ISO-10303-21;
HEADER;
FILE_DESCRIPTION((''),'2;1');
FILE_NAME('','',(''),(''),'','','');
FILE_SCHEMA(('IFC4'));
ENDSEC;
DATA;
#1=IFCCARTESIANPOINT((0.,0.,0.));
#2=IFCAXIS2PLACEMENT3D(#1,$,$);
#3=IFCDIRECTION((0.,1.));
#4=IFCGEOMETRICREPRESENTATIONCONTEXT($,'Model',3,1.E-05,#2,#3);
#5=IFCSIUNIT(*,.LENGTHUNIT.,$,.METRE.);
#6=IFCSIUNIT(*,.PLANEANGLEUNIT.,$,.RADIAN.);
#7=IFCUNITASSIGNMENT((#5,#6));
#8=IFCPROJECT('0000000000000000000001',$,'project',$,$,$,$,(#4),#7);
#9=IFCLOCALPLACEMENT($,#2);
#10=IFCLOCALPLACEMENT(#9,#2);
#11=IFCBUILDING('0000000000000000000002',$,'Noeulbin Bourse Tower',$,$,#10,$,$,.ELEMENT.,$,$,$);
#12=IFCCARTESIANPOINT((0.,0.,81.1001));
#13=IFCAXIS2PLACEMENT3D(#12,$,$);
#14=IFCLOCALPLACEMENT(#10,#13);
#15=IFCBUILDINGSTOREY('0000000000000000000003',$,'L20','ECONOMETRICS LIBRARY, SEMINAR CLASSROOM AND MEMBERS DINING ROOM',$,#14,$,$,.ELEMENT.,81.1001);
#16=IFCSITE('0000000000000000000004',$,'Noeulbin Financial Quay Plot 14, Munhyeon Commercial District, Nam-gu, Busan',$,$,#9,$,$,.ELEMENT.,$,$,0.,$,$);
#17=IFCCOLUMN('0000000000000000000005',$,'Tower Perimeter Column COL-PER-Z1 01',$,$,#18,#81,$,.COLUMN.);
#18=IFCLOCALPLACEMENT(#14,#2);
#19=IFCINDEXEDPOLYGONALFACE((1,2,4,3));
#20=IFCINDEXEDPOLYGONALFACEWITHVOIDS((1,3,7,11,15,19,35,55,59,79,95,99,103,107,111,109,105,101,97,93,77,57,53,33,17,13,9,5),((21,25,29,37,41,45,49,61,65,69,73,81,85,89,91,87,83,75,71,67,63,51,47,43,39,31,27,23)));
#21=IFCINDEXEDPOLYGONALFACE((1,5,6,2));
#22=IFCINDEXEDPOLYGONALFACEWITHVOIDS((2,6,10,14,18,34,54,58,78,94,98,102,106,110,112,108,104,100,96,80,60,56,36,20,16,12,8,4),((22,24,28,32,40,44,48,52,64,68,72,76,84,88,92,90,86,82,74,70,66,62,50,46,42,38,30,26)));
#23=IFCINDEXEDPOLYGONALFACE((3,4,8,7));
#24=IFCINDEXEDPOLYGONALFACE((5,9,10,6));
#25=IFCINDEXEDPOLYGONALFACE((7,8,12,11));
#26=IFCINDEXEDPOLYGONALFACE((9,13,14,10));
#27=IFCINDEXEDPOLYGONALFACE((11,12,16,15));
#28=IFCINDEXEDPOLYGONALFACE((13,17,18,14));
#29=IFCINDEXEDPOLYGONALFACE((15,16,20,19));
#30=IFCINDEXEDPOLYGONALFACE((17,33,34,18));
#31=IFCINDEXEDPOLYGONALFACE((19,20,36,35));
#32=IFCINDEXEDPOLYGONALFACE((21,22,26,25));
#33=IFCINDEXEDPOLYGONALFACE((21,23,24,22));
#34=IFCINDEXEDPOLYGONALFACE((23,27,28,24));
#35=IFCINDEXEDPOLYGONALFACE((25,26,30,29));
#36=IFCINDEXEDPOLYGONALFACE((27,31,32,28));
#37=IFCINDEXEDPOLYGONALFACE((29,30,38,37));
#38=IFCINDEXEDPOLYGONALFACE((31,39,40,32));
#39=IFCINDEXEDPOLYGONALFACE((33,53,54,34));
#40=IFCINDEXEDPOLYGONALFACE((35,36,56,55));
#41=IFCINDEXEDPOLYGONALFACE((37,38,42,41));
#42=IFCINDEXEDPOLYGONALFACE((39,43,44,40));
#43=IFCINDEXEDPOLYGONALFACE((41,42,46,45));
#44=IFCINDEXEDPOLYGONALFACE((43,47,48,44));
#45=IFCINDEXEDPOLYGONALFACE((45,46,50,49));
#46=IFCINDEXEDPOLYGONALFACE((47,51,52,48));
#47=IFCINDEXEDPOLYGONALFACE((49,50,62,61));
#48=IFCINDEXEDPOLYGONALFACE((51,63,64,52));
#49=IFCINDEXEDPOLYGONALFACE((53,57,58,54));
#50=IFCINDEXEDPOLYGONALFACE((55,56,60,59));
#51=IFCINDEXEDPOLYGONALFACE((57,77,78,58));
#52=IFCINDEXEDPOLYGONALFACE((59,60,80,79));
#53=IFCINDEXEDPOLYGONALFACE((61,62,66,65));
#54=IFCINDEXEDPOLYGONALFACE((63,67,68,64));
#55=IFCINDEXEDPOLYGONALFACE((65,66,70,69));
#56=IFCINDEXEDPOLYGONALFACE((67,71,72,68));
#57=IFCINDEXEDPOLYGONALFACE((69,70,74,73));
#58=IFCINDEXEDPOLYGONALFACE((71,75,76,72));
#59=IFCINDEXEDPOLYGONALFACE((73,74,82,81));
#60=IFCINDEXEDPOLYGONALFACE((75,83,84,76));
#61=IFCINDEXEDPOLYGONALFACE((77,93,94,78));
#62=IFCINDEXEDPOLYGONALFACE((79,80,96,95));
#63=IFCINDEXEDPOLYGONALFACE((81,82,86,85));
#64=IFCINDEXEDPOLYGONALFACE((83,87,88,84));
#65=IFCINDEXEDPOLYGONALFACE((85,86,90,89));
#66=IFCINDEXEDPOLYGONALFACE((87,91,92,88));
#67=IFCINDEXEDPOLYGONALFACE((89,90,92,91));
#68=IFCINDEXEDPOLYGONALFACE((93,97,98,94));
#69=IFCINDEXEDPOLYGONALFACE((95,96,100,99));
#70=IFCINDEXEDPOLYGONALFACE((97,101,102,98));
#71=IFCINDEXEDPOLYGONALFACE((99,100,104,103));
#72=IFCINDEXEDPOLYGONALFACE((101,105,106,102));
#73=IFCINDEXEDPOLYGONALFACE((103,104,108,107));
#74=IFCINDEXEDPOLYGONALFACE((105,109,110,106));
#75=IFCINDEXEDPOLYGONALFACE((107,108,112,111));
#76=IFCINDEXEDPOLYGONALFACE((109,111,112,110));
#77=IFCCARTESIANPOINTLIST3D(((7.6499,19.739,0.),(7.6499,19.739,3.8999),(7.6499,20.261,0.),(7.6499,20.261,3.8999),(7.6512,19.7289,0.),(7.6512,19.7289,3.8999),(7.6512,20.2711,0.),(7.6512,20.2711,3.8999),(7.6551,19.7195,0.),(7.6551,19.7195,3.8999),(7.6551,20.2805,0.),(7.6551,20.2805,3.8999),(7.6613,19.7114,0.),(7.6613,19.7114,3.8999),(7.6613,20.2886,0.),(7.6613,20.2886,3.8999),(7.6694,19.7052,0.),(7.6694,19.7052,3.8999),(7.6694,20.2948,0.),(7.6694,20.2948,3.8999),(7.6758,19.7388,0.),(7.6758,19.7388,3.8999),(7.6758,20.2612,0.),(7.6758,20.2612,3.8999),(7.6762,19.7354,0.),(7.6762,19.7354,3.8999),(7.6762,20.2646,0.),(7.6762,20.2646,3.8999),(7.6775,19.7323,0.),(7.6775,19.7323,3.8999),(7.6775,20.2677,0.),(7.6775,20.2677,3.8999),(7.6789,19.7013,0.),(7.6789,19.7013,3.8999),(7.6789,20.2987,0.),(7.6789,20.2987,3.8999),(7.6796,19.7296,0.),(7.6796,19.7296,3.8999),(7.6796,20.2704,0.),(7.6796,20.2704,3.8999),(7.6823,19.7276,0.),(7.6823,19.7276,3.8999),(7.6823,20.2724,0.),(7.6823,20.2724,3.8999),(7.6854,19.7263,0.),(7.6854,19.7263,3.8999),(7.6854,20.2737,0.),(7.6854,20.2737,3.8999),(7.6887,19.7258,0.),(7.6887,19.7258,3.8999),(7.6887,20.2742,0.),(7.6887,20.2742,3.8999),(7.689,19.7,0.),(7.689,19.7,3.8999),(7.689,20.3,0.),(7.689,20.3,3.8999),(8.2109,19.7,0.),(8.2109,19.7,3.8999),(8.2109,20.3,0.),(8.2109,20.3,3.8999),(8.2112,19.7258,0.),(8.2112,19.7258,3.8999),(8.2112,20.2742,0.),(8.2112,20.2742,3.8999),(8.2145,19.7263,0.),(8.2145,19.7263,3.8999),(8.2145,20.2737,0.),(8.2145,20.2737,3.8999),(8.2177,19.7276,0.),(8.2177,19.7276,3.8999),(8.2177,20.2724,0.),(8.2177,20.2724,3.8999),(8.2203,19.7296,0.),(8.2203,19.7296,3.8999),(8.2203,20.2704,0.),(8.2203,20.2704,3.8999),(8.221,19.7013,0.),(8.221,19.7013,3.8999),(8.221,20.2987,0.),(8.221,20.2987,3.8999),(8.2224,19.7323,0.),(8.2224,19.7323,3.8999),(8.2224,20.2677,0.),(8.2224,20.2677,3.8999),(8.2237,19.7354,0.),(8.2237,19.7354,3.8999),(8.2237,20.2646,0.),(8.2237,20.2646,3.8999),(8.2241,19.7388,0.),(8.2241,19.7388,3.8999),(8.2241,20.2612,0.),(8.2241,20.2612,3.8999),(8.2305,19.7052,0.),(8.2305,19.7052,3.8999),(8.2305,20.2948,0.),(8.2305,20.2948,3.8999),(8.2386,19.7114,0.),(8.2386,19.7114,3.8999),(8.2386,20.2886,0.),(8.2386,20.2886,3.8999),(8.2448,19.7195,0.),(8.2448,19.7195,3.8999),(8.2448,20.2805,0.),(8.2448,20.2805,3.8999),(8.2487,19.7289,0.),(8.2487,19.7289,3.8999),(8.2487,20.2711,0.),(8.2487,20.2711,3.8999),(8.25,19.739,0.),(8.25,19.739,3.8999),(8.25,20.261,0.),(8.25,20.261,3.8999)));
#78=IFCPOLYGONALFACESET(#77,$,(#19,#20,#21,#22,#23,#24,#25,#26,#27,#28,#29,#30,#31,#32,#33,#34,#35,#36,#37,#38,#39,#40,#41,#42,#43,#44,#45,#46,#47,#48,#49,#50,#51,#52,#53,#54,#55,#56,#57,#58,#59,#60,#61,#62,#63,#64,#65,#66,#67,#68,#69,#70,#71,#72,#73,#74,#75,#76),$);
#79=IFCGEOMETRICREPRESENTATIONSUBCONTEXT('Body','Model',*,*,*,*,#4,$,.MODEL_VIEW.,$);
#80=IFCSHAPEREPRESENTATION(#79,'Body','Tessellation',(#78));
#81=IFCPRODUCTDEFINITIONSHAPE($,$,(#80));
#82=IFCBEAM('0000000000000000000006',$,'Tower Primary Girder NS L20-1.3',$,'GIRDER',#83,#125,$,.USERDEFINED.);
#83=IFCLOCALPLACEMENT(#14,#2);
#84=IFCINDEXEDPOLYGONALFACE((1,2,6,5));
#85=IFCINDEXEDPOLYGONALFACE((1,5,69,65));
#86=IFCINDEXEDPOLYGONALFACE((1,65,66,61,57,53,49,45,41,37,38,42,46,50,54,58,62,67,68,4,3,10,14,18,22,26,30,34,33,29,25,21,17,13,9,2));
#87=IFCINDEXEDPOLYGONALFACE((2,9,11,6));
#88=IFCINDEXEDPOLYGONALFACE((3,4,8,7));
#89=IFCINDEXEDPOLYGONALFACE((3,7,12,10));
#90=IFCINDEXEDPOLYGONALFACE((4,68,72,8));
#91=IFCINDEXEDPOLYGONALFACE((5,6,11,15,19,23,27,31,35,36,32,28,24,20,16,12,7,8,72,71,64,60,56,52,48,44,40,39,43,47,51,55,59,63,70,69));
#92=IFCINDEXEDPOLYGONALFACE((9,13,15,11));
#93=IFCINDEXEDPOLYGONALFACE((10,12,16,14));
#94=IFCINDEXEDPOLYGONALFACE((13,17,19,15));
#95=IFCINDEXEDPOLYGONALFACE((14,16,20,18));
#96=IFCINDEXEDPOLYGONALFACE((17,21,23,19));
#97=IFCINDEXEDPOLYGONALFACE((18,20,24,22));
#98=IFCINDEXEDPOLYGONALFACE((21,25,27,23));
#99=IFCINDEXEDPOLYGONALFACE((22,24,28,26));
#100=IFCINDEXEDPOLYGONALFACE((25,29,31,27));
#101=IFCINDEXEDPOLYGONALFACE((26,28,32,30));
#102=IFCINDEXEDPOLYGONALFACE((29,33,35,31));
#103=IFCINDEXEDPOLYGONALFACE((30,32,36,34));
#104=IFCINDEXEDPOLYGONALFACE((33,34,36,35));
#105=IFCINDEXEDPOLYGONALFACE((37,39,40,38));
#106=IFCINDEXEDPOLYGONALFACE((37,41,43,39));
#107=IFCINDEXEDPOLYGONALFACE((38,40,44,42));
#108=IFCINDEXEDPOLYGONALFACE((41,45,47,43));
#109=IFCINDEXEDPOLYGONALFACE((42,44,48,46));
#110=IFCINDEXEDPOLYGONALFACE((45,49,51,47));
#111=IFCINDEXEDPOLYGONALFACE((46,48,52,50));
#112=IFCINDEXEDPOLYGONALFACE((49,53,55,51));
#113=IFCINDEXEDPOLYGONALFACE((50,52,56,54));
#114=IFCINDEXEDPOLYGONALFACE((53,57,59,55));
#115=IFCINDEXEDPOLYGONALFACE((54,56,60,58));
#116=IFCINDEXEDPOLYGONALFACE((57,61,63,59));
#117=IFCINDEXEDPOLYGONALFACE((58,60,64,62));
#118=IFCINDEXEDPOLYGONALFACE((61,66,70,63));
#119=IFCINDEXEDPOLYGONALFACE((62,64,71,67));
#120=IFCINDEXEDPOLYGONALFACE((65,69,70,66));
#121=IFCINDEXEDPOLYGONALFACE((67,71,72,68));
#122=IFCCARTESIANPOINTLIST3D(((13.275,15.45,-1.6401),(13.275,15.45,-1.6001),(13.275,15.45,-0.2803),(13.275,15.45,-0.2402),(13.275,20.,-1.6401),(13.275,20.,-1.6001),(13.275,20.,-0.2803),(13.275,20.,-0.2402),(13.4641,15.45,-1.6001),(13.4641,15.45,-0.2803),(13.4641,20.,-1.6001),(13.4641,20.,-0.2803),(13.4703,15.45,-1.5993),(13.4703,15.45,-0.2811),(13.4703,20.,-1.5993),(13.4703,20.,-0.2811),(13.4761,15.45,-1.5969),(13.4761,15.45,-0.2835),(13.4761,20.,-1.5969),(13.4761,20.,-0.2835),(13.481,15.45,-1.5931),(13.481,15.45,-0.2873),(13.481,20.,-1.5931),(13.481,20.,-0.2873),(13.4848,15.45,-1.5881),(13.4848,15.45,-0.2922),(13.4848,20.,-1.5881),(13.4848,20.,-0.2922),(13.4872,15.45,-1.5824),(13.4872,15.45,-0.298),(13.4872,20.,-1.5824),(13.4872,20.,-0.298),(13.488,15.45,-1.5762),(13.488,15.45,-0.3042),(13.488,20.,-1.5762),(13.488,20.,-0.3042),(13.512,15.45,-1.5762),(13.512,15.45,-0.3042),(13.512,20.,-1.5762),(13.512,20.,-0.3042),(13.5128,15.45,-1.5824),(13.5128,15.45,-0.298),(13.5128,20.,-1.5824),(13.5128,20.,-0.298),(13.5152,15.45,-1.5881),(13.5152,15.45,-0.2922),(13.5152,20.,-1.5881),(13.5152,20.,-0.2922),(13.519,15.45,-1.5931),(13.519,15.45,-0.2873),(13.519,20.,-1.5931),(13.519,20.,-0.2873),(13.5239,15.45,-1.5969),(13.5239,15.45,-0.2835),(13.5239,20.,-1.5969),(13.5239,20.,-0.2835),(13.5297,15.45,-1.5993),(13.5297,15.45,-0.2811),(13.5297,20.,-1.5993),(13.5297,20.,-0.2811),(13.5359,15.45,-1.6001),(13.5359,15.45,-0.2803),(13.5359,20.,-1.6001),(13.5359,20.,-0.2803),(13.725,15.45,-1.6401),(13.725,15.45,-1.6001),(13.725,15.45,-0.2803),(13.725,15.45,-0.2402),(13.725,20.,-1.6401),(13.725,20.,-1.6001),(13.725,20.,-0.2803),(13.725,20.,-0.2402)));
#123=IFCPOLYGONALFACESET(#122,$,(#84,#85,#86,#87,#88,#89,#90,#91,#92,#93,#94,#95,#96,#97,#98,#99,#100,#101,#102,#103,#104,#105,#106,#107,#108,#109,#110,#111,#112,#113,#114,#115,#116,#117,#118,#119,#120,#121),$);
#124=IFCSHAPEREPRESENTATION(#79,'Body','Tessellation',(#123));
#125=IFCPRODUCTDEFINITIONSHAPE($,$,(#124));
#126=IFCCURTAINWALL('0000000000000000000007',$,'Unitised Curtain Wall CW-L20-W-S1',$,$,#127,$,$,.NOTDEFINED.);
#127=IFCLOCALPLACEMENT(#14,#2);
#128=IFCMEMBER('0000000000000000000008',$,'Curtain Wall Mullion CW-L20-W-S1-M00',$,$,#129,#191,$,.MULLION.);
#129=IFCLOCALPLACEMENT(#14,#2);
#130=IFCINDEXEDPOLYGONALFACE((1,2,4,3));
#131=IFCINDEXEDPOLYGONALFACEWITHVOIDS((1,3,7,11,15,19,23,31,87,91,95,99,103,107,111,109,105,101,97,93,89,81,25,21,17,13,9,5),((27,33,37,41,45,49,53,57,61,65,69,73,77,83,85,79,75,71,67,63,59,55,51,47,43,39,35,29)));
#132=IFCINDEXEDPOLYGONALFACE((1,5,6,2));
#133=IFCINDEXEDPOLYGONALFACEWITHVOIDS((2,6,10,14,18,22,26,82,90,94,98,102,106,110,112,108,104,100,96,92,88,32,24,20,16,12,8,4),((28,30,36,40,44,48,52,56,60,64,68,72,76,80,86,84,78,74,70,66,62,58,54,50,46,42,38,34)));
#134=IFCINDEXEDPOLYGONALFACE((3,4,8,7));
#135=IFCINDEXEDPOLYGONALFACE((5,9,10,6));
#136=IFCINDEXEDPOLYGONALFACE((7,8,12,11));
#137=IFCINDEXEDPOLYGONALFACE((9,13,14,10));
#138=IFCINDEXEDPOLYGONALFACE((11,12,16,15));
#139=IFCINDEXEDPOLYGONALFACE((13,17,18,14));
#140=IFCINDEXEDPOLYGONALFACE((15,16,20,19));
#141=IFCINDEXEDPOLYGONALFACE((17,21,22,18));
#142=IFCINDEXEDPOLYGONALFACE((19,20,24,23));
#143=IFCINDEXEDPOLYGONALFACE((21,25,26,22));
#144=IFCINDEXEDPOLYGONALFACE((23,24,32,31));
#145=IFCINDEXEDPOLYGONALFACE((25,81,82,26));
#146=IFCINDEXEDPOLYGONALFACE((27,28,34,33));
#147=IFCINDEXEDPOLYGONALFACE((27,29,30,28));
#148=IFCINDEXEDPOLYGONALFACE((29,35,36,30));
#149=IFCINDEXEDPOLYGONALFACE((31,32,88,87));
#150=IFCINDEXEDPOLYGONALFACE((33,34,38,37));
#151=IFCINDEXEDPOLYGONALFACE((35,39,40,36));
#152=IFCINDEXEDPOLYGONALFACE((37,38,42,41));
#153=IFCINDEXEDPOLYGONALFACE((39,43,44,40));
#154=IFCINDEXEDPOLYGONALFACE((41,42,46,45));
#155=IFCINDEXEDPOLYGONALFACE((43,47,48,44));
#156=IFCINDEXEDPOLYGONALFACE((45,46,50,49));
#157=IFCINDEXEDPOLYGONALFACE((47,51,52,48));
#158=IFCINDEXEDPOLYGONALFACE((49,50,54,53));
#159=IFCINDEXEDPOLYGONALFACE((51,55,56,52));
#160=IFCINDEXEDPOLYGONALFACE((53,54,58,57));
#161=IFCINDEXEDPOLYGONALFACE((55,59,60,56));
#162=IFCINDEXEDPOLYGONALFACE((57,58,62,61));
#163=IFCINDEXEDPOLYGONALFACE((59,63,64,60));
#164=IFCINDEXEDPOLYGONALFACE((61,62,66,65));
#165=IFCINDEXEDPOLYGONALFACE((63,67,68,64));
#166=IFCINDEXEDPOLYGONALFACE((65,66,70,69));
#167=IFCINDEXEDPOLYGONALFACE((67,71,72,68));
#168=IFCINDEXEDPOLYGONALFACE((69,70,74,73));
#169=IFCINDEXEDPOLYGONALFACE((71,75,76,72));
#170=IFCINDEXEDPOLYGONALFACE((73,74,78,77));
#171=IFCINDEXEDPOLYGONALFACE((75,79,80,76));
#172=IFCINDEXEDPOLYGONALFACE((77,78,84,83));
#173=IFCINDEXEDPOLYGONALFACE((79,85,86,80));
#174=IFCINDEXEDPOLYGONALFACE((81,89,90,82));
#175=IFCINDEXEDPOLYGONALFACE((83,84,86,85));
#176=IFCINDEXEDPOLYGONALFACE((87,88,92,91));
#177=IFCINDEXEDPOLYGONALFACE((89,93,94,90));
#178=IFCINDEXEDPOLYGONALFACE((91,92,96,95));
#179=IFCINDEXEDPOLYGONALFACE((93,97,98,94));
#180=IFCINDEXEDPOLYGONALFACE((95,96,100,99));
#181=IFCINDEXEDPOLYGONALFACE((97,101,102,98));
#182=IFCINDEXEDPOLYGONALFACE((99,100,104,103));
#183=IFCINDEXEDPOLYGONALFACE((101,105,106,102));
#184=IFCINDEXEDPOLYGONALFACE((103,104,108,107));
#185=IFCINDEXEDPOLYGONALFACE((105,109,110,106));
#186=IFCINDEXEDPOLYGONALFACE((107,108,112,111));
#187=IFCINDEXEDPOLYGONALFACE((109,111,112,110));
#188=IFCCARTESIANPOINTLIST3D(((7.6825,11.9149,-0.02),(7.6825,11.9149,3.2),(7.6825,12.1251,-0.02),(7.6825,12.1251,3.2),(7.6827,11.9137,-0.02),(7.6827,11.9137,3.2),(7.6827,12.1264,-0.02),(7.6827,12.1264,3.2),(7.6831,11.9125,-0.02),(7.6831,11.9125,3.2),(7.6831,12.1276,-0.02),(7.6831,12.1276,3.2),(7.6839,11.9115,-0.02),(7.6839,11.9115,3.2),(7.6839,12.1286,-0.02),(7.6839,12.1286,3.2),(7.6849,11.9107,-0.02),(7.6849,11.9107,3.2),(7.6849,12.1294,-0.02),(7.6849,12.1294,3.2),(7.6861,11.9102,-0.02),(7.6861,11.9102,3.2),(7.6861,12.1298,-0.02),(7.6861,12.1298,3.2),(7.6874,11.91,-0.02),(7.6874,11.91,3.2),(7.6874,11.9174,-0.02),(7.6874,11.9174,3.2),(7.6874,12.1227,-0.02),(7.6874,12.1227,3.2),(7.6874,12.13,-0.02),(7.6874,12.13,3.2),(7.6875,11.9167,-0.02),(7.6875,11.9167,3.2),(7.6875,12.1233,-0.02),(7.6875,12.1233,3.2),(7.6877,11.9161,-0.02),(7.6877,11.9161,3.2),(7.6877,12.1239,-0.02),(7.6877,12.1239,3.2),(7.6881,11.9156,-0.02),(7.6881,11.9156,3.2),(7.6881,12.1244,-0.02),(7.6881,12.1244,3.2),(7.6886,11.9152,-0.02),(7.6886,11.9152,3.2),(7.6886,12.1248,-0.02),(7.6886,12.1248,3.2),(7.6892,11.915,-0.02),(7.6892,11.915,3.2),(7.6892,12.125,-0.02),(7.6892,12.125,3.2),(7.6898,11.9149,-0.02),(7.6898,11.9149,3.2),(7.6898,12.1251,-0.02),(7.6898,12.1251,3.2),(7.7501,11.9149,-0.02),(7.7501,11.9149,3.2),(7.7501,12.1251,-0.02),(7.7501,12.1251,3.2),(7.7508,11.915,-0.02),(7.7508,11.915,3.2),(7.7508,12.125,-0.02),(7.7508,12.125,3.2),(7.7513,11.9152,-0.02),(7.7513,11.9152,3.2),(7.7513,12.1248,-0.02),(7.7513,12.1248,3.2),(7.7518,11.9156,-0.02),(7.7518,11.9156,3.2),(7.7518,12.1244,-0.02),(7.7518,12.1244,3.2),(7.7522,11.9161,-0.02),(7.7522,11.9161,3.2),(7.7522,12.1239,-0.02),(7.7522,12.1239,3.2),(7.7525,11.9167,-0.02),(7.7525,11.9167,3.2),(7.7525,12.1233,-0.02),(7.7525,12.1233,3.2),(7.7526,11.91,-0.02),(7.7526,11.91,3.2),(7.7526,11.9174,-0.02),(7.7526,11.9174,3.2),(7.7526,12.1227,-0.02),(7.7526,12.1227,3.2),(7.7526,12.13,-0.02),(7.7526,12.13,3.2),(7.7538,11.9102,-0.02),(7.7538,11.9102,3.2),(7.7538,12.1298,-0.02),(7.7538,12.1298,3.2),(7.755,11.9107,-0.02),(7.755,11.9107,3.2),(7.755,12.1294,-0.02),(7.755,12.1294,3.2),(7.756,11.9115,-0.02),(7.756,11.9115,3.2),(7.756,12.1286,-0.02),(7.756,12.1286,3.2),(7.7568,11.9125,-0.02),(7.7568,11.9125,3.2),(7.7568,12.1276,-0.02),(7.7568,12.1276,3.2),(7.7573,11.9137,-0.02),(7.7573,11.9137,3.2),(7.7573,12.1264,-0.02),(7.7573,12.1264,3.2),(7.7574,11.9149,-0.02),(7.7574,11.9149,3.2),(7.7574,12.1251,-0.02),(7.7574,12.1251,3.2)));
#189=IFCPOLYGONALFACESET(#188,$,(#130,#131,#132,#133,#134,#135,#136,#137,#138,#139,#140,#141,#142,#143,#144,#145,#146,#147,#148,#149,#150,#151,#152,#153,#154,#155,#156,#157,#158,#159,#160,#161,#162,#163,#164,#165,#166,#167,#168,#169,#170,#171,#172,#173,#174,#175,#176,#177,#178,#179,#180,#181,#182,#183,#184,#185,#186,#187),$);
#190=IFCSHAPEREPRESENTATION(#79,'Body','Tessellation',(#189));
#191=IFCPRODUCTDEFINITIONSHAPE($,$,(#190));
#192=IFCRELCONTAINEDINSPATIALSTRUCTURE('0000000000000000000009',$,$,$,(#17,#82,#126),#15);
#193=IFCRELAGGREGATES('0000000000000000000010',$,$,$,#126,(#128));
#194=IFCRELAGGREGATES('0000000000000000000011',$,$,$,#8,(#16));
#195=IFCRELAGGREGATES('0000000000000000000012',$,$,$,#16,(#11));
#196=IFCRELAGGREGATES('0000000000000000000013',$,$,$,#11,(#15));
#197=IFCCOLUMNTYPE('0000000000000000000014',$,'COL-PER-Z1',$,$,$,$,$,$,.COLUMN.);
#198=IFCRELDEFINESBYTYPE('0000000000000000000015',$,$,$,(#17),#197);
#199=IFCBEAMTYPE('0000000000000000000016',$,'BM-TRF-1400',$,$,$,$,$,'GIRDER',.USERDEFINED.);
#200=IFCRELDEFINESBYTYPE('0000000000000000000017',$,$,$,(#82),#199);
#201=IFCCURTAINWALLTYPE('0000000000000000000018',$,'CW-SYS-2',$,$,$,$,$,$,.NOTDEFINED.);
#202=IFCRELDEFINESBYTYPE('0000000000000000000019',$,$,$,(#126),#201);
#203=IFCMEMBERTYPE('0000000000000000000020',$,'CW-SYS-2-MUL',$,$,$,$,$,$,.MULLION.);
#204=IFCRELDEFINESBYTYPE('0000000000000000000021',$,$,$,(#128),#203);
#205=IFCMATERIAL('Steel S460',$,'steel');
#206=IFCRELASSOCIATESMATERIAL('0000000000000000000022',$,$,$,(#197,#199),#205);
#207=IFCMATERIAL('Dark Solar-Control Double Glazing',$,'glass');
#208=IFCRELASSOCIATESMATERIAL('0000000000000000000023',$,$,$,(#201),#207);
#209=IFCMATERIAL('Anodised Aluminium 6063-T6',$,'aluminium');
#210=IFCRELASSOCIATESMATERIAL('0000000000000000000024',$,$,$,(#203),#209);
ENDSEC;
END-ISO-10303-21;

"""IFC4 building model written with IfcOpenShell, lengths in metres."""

from ifc_helpers import new_model, si_unit, direction, frame, origin, origin_2d, place, context, subcontext, project, spatial, hollow_rectangle, i_section, extrude, material, material_profile, profile_set, type_object, element, aggregate, save


model = new_model("IFC4")

# Units and contexts
model_context = context("Model", 3, precision=1e-05, world=origin(), true_north=direction((0.0, 1.0)))
body_context = subcontext(model_context, "Body", "Model", "MODEL_VIEW")
ifc_project = project(units=[si_unit("LENGTHUNIT", "METRE"), si_unit("PLANEANGLEUNIT", "RADIAN")], contexts=[model_context])

# Site, building, storey
site_placement = place(None, origin())
site = spatial("IfcSite", under=ifc_project, at=site_placement, Name="Noeulbin Financial Quay Plot 14, Munhyeon Commercial District, Nam-gu, Busan", CompositionType="ELEMENT", RefElevation=0.0)
building_placement = place(site_placement, origin())
building = spatial("IfcBuilding", under=site, at=building_placement, Name="Noeulbin Bourse Tower", CompositionType="ELEMENT")
storey_placement = place(building_placement, frame((0.0, 0.0, 81.1001)))
storey = spatial("IfcBuildingStorey", under=building, at=storey_placement, Name="L20", Description="ECONOMETRICS LIBRARY, SEMINAR CLASSROOM AND MEMBERS DINING ROOM", CompositionType="ELEMENT", Elevation=81.1001)

# Column
ifc_material_1 = material(Name="Steel S460", Category="steel")
ifc_material_profile_1 = material_profile(ifc_material_1, hollow_rectangle(XDim=0.6001, YDim=0.6001, WallThickness=0.0259, InnerFilletRadius=0.0129, OuterFilletRadius=0.0391, at=origin_2d()), Name="BOX-600x600x26", Category="LoadBearing")
ifc_profile_set_1 = profile_set([ifc_material_profile_1], Name="Steel S460")
column_type = type_object("IfcColumnType", Name="COL-PER-Z1", PredefinedType="COLUMN", material=ifc_profile_set_1)
column_placement = place(storey_placement, frame((7.95, 20.0, 0.0), z_axis=(0.0, 0.0, 1.0), x_axis=(1.0, 0.0, 0.0)))
element("IfcColumn", 1, at=column_placement, inside=storey, type_object=column_type, Name="Tower Perimeter Column COL-PER-Z1 01", PredefinedType="COLUMN", context=body_context, shape_type="SweptSolid", body=[
    extrude(hollow_rectangle(XDim=0.6001, YDim=0.6001, WallThickness=0.0259, InnerFilletRadius=0.0129, OuterFilletRadius=0.0391, at=origin_2d()), origin(), (0.0, 0.0, 1.0), 3.8999),
])

# Beam
ifc_material_profile_2 = material_profile(ifc_material_1, i_section(OverallWidth=0.45, OverallDepth=1.3999, WebThickness=0.0239, FlangeThickness=0.04, FilletRadius=0.0239, at=origin_2d()), Name="PG-1400x450x24x40", Category="LoadBearing")
ifc_profile_set_2 = profile_set([ifc_material_profile_2], Name="Steel S460")
beam_type = type_object("IfcBeamType", Name="BM-TRF-1400", ElementType="GIRDER", PredefinedType="USERDEFINED", material=ifc_profile_set_2)
beam_placement = place(storey_placement, frame((13.5, 15.45, -0.9402), z_axis=(0.0, 1.0, 0.0), x_axis=(-1.0, 0.0, 0.0)))
element("IfcBeam", 2, at=beam_placement, inside=storey, type_object=beam_type, Name="Tower Primary Girder NS L20-1.3", ObjectType="GIRDER", PredefinedType="USERDEFINED", context=body_context, shape_type="SweptSolid", body=[
    extrude(i_section(OverallWidth=0.45, OverallDepth=1.3999, WebThickness=0.0239, FlangeThickness=0.04, FilletRadius=0.0239, at=origin_2d()), origin(), (0.0, 0.0, 1.0), 4.55),
])

# Curtain wall, member
ifc_material_2 = material(Name="Dark Solar-Control Double Glazing", Category="glass")
curtain_wall_type = type_object("IfcCurtainWallType", Name="CW-SYS-2", PredefinedType="NOTDEFINED", material=ifc_material_2)
curtain_wall_placement = place(storey_placement, origin())
curtain_wall = element("IfcCurtainWall", 3, at=curtain_wall_placement, inside=storey, type_object=curtain_wall_type, Name="Unitised Curtain Wall CW-L20-W-S1", PredefinedType="NOTDEFINED")
ifc_material_3 = material(Name="Anodised Aluminium 6063-T6", Category="aluminium")
ifc_material_profile_3 = material_profile(ifc_material_3, hollow_rectangle(XDim=0.075, YDim=0.22, WallThickness=0.0049, InnerFilletRadius=0.0024, OuterFilletRadius=0.0049, at=origin_2d()), Name="ALU-MULL-75x220x5", Category="LoadBearing")
ifc_profile_set_3 = profile_set([ifc_material_profile_3], Name="Anodised Aluminium 6063-T6")
member_type_1 = type_object("IfcMemberType", Name="CW-SYS-2-MUL", PredefinedType="MULLION", material=ifc_profile_set_3)
member_1_placement = place(storey_placement, frame((7.72, 12.02, -0.02), z_axis=(0.0, 0.0, 1.0), x_axis=(1.0, 0.0, 0.0)))
member_1 = element("IfcMember", 4, at=member_1_placement, type_object=member_type_1, Name="Curtain Wall Mullion CW-L20-W-S1-M00", PredefinedType="MULLION", context=body_context, shape_type="SweptSolid", body=[
    extrude(hollow_rectangle(XDim=0.075, YDim=0.22, WallThickness=0.0049, InnerFilletRadius=0.0024, OuterFilletRadius=0.0049, at=origin_2d()), origin(), (0.0, 0.0, 1.0), 3.22),
])
aggregate(curtain_wall, [member_1])

save(model, "model.ifc")
